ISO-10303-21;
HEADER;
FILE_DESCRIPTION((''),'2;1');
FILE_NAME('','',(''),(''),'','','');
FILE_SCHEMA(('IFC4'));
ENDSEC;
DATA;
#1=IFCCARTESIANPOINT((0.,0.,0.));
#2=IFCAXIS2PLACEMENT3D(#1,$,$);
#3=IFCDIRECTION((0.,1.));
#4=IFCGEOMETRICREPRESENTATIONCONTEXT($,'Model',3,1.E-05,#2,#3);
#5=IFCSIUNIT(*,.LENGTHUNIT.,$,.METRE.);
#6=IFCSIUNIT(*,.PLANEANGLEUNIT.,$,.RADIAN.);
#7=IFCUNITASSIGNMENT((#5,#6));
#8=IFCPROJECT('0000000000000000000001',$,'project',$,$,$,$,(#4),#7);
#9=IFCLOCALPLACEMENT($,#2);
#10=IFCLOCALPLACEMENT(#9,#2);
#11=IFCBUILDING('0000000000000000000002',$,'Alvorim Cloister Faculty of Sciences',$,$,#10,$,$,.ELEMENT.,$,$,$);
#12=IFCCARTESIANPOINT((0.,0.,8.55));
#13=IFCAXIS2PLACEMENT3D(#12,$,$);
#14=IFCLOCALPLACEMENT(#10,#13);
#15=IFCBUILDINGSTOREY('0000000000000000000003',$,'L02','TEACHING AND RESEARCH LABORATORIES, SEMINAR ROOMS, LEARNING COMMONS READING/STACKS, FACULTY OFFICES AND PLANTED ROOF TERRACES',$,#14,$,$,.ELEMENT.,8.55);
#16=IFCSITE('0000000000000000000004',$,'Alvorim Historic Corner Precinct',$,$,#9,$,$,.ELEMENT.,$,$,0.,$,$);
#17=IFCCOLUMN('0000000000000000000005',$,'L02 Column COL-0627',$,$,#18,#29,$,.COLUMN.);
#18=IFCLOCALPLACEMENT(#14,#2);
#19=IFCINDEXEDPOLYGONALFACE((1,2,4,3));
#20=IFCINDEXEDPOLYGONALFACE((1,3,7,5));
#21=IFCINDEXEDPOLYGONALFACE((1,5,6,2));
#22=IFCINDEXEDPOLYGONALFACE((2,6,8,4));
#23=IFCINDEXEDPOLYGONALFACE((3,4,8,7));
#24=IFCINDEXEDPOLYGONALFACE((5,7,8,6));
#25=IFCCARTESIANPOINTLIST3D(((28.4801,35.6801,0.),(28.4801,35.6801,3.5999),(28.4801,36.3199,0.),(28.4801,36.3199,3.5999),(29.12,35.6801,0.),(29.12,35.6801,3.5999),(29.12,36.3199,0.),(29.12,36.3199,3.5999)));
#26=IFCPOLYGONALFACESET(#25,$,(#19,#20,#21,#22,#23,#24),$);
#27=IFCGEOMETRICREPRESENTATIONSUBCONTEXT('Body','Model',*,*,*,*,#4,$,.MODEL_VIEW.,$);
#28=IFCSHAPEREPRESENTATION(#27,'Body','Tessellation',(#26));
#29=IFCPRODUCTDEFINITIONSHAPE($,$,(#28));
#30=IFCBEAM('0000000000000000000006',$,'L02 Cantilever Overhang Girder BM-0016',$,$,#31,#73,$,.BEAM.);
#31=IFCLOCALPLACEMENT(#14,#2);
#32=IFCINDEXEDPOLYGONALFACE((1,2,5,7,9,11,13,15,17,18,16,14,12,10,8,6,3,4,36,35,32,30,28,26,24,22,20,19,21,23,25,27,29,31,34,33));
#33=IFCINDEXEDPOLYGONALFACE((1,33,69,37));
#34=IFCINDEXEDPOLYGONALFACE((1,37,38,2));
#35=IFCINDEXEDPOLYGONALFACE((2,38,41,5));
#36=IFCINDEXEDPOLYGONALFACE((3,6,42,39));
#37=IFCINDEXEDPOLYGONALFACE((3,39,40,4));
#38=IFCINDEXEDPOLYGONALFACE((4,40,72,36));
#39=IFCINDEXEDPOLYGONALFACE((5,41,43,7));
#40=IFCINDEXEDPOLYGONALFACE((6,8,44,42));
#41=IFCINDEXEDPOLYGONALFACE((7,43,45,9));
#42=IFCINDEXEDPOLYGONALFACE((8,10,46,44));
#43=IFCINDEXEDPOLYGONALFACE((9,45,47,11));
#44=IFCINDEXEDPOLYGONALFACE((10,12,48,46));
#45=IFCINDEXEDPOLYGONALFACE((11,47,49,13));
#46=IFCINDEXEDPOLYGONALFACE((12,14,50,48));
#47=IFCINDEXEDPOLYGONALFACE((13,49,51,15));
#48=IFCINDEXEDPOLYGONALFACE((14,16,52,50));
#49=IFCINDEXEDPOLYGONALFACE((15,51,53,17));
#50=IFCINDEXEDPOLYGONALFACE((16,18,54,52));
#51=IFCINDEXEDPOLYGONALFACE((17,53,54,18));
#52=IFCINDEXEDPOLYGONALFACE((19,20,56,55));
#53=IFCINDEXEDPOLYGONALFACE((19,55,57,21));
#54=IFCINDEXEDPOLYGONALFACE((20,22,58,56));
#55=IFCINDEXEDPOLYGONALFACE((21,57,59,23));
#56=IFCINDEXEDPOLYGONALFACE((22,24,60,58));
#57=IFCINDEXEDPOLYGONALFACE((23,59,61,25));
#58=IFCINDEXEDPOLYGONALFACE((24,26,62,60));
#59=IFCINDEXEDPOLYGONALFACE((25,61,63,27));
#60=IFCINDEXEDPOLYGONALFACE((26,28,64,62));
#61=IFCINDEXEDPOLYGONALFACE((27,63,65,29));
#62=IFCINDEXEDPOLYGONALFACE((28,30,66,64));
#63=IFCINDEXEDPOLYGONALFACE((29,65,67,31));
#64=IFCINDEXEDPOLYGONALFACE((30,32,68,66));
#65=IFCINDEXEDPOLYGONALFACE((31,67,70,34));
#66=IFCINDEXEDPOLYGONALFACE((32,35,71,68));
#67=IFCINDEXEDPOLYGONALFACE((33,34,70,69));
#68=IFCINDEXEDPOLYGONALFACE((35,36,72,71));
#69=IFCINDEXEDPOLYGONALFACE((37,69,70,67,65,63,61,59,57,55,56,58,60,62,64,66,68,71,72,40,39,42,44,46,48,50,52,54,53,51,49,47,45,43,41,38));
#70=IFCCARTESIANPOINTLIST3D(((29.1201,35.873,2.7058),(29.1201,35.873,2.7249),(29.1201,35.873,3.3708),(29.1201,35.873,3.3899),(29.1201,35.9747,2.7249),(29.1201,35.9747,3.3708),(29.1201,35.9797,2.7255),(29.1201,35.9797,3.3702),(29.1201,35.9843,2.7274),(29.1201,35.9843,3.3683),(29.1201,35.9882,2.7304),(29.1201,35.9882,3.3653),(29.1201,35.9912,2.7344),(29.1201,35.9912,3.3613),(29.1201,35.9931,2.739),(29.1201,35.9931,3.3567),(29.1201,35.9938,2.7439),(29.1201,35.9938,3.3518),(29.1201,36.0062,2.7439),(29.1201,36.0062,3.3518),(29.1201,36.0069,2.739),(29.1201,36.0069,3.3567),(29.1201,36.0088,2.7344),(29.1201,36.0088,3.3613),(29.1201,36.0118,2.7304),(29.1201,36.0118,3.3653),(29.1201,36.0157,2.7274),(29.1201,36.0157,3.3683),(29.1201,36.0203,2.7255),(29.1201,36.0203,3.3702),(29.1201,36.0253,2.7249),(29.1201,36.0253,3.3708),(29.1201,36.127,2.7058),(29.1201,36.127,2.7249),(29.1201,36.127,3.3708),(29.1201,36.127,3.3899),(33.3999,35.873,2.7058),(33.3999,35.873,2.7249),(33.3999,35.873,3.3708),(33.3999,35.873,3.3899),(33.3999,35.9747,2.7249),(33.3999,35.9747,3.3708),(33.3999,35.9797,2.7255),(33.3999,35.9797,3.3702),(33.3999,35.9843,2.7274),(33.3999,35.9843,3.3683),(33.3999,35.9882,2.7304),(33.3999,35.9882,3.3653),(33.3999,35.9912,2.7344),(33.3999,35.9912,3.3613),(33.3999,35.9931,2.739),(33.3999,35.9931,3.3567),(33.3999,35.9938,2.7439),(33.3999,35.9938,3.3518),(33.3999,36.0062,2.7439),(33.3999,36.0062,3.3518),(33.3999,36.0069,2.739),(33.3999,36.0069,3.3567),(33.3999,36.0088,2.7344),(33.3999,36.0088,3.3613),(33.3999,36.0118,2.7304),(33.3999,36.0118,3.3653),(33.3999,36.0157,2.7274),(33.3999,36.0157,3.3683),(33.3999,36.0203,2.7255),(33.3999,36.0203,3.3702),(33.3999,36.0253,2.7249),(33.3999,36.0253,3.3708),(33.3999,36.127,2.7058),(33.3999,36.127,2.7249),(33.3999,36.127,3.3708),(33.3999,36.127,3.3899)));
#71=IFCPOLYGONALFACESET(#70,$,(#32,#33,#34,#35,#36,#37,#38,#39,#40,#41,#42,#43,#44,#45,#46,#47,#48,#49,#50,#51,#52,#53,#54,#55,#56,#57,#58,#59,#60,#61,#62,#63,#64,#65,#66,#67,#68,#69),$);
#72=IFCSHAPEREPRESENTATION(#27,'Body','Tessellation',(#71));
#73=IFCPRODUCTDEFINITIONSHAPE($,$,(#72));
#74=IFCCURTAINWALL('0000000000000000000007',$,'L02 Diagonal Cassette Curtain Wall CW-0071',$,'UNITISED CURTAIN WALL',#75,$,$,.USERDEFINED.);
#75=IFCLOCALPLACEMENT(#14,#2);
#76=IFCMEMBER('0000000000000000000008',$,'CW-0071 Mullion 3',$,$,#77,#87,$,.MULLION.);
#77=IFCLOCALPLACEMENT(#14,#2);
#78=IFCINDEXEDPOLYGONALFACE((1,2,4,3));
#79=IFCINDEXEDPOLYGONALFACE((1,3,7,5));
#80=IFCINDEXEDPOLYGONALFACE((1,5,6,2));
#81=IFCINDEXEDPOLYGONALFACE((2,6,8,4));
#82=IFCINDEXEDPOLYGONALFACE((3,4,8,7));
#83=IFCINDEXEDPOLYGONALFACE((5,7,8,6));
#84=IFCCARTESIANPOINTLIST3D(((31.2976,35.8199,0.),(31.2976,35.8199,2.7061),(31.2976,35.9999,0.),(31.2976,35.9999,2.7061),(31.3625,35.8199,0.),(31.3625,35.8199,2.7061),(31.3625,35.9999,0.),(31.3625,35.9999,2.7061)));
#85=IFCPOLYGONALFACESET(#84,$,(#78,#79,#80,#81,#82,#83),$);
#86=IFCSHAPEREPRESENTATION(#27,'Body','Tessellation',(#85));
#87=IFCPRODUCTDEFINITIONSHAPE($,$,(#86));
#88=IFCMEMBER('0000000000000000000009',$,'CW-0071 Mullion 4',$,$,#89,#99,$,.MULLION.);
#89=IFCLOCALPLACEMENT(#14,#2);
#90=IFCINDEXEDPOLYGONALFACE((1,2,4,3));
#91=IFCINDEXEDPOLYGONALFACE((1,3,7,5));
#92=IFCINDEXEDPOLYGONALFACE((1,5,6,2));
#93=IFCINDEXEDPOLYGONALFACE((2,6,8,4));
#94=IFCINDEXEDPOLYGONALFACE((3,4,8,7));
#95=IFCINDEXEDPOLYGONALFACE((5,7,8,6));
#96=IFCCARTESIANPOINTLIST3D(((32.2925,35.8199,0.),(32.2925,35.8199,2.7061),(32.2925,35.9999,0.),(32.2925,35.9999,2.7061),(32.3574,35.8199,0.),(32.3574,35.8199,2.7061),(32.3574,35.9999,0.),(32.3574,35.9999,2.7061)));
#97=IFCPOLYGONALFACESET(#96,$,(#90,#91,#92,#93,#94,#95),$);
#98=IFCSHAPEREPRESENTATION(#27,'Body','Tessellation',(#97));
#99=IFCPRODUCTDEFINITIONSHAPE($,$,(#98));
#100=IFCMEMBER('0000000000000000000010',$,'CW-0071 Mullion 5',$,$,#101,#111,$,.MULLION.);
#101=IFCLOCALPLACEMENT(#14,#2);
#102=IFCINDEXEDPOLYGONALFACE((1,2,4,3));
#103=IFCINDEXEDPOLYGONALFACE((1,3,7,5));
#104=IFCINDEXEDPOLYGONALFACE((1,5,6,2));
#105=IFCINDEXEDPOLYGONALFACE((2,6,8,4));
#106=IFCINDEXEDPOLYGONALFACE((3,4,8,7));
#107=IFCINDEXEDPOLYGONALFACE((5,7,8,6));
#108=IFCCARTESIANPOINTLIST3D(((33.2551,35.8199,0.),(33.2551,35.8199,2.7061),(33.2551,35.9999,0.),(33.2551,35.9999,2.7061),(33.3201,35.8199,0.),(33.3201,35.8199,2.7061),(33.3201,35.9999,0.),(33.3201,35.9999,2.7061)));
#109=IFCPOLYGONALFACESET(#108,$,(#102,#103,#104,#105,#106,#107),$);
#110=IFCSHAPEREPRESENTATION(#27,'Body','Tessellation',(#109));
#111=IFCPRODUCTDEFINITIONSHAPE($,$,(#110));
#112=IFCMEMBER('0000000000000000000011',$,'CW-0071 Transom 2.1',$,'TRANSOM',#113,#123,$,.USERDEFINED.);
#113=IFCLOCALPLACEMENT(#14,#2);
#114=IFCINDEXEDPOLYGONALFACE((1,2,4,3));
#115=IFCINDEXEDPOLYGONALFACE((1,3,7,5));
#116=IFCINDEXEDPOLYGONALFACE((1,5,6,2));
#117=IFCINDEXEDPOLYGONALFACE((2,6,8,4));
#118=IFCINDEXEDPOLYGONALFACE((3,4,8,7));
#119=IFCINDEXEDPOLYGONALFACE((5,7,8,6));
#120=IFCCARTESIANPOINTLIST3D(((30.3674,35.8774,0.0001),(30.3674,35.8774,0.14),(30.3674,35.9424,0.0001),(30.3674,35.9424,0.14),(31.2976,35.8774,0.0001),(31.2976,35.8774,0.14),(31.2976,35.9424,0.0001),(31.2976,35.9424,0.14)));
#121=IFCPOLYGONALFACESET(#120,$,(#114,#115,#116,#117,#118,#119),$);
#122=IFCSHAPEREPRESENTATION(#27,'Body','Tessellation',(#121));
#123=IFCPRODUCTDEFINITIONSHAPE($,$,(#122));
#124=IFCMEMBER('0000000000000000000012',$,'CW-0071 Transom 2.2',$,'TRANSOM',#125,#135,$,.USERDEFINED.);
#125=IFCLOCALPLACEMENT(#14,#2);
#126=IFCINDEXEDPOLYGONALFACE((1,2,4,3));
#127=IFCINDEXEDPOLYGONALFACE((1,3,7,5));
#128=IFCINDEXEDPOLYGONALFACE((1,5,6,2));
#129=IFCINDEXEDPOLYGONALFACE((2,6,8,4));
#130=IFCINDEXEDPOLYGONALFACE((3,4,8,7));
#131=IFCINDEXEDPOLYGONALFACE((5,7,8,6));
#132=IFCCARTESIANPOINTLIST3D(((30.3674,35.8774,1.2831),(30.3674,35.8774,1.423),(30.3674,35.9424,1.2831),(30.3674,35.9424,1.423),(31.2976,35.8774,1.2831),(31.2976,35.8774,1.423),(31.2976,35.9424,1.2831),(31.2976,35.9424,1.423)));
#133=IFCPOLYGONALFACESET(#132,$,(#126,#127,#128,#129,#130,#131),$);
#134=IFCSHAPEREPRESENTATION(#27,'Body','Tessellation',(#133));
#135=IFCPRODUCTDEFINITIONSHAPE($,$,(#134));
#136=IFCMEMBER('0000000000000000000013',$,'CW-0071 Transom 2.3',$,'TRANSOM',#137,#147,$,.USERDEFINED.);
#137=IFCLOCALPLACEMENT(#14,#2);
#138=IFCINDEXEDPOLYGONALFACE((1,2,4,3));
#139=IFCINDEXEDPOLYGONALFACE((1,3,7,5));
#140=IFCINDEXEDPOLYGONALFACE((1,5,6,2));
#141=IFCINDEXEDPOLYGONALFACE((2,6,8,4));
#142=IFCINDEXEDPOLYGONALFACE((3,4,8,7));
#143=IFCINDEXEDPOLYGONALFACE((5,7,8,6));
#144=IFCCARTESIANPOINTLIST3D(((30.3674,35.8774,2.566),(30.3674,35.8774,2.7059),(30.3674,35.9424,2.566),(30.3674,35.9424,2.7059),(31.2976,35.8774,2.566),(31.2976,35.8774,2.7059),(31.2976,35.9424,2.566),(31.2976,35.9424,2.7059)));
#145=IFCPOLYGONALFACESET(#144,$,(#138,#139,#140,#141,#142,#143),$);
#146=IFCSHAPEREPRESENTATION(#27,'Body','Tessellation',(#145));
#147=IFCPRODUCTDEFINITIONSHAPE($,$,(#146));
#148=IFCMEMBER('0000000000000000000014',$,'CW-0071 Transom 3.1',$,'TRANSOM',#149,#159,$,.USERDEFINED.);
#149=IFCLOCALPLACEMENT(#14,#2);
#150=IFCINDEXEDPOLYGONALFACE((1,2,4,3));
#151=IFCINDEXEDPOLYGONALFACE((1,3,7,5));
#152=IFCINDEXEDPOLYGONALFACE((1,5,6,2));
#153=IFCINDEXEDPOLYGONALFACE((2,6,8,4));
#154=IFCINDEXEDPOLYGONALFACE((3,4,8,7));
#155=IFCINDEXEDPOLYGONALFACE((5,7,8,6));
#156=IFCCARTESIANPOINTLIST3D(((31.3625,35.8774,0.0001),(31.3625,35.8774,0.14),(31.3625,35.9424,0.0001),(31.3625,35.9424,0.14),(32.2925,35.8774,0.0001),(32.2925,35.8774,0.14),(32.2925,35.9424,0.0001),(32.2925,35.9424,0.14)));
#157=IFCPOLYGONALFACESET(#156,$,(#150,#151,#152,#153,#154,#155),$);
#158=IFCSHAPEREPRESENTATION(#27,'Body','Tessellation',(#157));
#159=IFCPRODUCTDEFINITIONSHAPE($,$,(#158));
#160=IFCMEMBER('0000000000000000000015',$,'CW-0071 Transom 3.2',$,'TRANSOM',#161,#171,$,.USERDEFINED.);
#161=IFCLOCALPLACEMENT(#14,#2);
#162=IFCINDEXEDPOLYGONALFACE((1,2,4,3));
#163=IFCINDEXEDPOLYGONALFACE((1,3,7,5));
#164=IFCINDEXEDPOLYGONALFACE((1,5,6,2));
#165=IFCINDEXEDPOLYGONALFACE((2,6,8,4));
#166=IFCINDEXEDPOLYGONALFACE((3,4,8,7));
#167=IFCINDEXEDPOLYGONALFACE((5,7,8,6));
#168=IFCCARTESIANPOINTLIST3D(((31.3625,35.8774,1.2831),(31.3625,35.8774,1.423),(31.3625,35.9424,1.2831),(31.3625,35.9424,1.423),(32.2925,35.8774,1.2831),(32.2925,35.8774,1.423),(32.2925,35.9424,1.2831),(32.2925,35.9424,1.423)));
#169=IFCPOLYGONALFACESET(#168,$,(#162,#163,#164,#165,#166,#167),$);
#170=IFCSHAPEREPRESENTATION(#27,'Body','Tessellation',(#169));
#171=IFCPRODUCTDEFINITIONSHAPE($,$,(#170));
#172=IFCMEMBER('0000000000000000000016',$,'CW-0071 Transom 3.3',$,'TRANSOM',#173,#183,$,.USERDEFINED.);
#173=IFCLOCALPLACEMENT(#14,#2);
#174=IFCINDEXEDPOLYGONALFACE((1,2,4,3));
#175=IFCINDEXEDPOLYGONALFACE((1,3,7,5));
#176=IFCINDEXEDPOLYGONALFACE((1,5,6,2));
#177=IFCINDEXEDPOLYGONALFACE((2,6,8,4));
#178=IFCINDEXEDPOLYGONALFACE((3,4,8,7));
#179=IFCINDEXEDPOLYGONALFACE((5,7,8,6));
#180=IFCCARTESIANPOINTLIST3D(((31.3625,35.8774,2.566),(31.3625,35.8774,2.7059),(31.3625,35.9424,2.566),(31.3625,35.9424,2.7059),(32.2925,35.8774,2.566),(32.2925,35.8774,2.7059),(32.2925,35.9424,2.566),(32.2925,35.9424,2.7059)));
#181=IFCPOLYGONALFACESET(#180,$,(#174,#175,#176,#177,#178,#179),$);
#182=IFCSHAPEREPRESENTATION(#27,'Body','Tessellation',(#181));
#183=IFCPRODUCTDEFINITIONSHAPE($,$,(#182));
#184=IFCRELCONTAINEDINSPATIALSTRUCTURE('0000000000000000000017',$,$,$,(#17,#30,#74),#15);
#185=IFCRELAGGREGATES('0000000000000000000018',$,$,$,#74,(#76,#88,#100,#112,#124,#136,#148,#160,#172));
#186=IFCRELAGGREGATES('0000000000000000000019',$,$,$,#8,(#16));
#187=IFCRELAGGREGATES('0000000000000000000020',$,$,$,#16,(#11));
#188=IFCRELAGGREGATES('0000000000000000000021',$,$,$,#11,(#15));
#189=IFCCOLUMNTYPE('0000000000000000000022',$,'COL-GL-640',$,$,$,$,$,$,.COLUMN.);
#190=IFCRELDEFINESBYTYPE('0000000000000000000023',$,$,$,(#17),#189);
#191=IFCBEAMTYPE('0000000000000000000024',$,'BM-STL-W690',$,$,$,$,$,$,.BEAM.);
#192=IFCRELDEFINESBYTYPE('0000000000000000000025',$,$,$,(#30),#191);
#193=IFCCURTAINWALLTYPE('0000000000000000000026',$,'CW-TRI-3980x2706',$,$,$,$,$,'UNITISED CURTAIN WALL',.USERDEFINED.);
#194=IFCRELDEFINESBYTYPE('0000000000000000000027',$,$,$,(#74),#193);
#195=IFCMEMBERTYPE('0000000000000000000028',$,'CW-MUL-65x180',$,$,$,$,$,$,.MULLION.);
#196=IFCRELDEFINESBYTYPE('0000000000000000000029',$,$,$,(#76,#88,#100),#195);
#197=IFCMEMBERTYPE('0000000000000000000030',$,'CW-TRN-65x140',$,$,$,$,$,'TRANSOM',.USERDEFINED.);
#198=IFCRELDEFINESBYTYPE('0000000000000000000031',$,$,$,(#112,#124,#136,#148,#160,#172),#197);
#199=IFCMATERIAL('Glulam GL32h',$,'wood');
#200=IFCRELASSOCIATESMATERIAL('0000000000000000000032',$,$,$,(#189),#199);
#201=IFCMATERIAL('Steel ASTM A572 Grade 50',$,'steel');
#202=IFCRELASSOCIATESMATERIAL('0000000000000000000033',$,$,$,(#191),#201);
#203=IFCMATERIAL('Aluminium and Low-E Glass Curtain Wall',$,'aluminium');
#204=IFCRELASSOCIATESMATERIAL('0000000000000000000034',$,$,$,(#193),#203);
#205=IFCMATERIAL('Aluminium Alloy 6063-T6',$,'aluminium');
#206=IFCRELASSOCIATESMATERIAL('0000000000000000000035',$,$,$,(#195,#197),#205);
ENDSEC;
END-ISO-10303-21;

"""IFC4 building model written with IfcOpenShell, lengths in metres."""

from ifc_helpers import new_model, si_unit, direction, frame, origin, origin_2d, place, context, subcontext, project, spatial, rectangle, i_section, extrude, material, material_profile, profile_set, type_object, element, aggregate, save


model = new_model("IFC4")

# Units and contexts
model_context = context("Model", 3, precision=1e-05, world=origin(), true_north=direction((0.0, 1.0)))
body_context = subcontext(model_context, "Body", "Model", "MODEL_VIEW")
ifc_project = project(units=[si_unit("LENGTHUNIT", "METRE"), si_unit("PLANEANGLEUNIT", "RADIAN")], contexts=[model_context])

# Site, building, storey
site_placement = place(None, origin())
site = spatial("IfcSite", under=ifc_project, at=site_placement, Name="Alvorim Historic Corner Precinct", CompositionType="ELEMENT", RefElevation=0.0)
building_placement = place(site_placement, origin())
building = spatial("IfcBuilding", under=site, at=building_placement, Name="Alvorim Cloister Faculty of Sciences", CompositionType="ELEMENT")
storey_placement = place(building_placement, frame((0.0, 0.0, 8.55)))
storey = spatial("IfcBuildingStorey", under=building, at=storey_placement, Name="L02", Description="TEACHING AND RESEARCH LABORATORIES, SEMINAR ROOMS, LEARNING COMMONS READING/STACKS, FACULTY OFFICES AND PLANTED ROOF TERRACES", CompositionType="ELEMENT", Elevation=8.55)

# Column
ifc_material_1 = material(Name="Glulam GL32h", Category="wood")
ifc_material_profile_1 = material_profile(ifc_material_1, rectangle(XDim=0.6399, YDim=0.6399, at=origin_2d()), Name="GL32-COL-640x640")
ifc_profile_set_1 = profile_set([ifc_material_profile_1], Name="Glulam GL32h")
column_type = type_object("IfcColumnType", Name="COL-GL-640", PredefinedType="COLUMN", material=ifc_profile_set_1)
column_placement = place(storey_placement, frame((28.8, 36.0, 0.0), z_axis=(0.0, 0.0, 1.0), x_axis=(1.0, 0.0, 0.0)))
element("IfcColumn", 1, at=column_placement, inside=storey, type_object=column_type, Name="L02 Column COL-0627", PredefinedType="COLUMN", context=body_context, shape_type="SweptSolid", body=[
    extrude(rectangle(XDim=0.6399, YDim=0.6399, at=origin_2d()), origin(), (0.0, 0.0, 1.0), 3.5999),
])

# Beam
ifc_material_2 = material(Name="Steel ASTM A572 Grade 50", Category="steel")
ifc_material_profile_2 = material_profile(ifc_material_2, i_section(OverallWidth=0.2539, OverallDepth=0.6841, WebThickness=0.0125, FlangeThickness=0.019, FilletRadius=0.019, at=origin_2d()), Name="W690x140.0")
ifc_profile_set_2 = profile_set([ifc_material_profile_2], Name="Steel ASTM A572 Grade 50")
beam_type = type_object("IfcBeamType", Name="BM-STL-W690", PredefinedType="BEAM", material=ifc_profile_set_2)
beam_placement = place(storey_placement, frame((29.1201, 36.0, 3.0479), z_axis=(1.0, 0.0, 0.0), x_axis=(0.0, 1.0, 0.0)))
element("IfcBeam", 2, at=beam_placement, inside=storey, type_object=beam_type, Name="L02 Cantilever Overhang Girder BM-0016", PredefinedType="BEAM", context=body_context, shape_type="SweptSolid", body=[
    extrude(i_section(OverallWidth=0.2539, OverallDepth=0.6841, WebThickness=0.0125, FlangeThickness=0.019, FilletRadius=0.019, at=origin_2d()), origin(), (0.0, 0.0, 1.0), 4.2798),
])

# Curtain wall, members
ifc_material_3 = material(Name="Aluminium and Low-E Glass Curtain Wall", Category="aluminium")
curtain_wall_type = type_object("IfcCurtainWallType", Name="CW-TRI-3980x2706", ElementType="UNITISED CURTAIN WALL", PredefinedType="USERDEFINED", material=ifc_material_3)
curtain_wall_placement = place(storey_placement, origin())
curtain_wall = element("IfcCurtainWall", 3, at=curtain_wall_placement, inside=storey, type_object=curtain_wall_type, Name="L02 Diagonal Cassette Curtain Wall CW-0071", ObjectType="UNITISED CURTAIN WALL", PredefinedType="USERDEFINED")
ifc_material_4 = material(Name="Aluminium Alloy 6063-T6", Category="aluminium")
ifc_material_profile_3 = material_profile(ifc_material_4, rectangle(XDim=0.0649, YDim=0.1799, at=origin_2d()), Name="ALU-MUL-65x180")
ifc_profile_set_3 = profile_set([ifc_material_profile_3], Name="Aluminium Alloy 6063-T6")
member_type_1 = type_object("IfcMemberType", Name="CW-MUL-65x180", PredefinedType="MULLION", material=ifc_profile_set_3)
member_1_placement = place(storey_placement, frame((31.3301, 35.9099, 0.0), z_axis=(0.0, 0.0, 1.0), x_axis=(1.0, 0.0, 0.0)))
member_1 = element("IfcMember", 4, at=member_1_placement, type_object=member_type_1, Name="CW-0071 Mullion 3", PredefinedType="MULLION", context=body_context, shape_type="SweptSolid", body=[
    extrude(rectangle(XDim=0.0649, YDim=0.1799, at=origin_2d()), origin(), (0.0, 0.0, 1.0), 2.7061),
])
member_2_placement = place(storey_placement, frame((32.325, 35.9099, 0.0), z_axis=(0.0, 0.0, 1.0), x_axis=(1.0, 0.0, 0.0)))
member_2 = element("IfcMember", 5, at=member_2_placement, type_object=member_type_1, Name="CW-0071 Mullion 4", PredefinedType="MULLION", context=body_context, shape_type="SweptSolid", body=[
    extrude(rectangle(XDim=0.0649, YDim=0.1799, at=origin_2d()), origin(), (0.0, 0.0, 1.0), 2.7061),
])
member_3_placement = place(storey_placement, frame((33.2876, 35.9099, 0.0), z_axis=(0.0, 0.0, 1.0), x_axis=(1.0, 0.0, 0.0)))
member_3 = element("IfcMember", 6, at=member_3_placement, type_object=member_type_1, Name="CW-0071 Mullion 5", PredefinedType="MULLION", context=body_context, shape_type="SweptSolid", body=[
    extrude(rectangle(XDim=0.0649, YDim=0.1799, at=origin_2d()), origin(), (0.0, 0.0, 1.0), 2.7061),
])
ifc_material_profile_4 = material_profile(ifc_material_4, rectangle(XDim=0.0649, YDim=0.1399, at=origin_2d()), Name="ALU-TRN-65x140")
ifc_profile_set_4 = profile_set([ifc_material_profile_4], Name="Aluminium Alloy 6063-T6")
member_type_2 = type_object("IfcMemberType", Name="CW-TRN-65x140", ElementType="TRANSOM", PredefinedType="USERDEFINED", material=ifc_profile_set_4)
member_4_placement = place(storey_placement, frame((30.3674, 35.9099, 0.0701), z_axis=(1.0, 0.0, 0.0), x_axis=(0.0, 1.0, 0.0)))
member_4 = element("IfcMember", 7, at=member_4_placement, type_object=member_type_2, Name="CW-0071 Transom 2.1", ObjectType="TRANSOM", PredefinedType="USERDEFINED", context=body_context, shape_type="SweptSolid", body=[
    extrude(rectangle(XDim=0.0649, YDim=0.1399, at=origin_2d()), origin(), (0.0, 0.0, 1.0), 0.9302),
])
member_5_placement = place(storey_placement, frame((30.3674, 35.9099, 1.353), z_axis=(1.0, 0.0, 0.0), x_axis=(0.0, 1.0, 0.0)))
member_5 = element("IfcMember", 8, at=member_5_placement, type_object=member_type_2, Name="CW-0071 Transom 2.2", ObjectType="TRANSOM", PredefinedType="USERDEFINED", context=body_context, shape_type="SweptSolid", body=[
    extrude(rectangle(XDim=0.0649, YDim=0.1399, at=origin_2d()), origin(), (0.0, 0.0, 1.0), 0.9302),
])
member_6_placement = place(storey_placement, frame((30.3674, 35.9099, 2.636), z_axis=(1.0, 0.0, 0.0), x_axis=(0.0, 1.0, 0.0)))
member_6 = element("IfcMember", 9, at=member_6_placement, type_object=member_type_2, Name="CW-0071 Transom 2.3", ObjectType="TRANSOM", PredefinedType="USERDEFINED", context=body_context, shape_type="SweptSolid", body=[
    extrude(rectangle(XDim=0.0649, YDim=0.1399, at=origin_2d()), origin(), (0.0, 0.0, 1.0), 0.9302),
])
member_7_placement = place(storey_placement, frame((31.3625, 35.9099, 0.0701), z_axis=(1.0, 0.0, 0.0), x_axis=(0.0, 1.0, 0.0)))
member_7 = element("IfcMember", 10, at=member_7_placement, type_object=member_type_2, Name="CW-0071 Transom 3.1", ObjectType="TRANSOM", PredefinedType="USERDEFINED", context=body_context, shape_type="SweptSolid", body=[
    extrude(rectangle(XDim=0.0649, YDim=0.1399, at=origin_2d()), origin(), (0.0, 0.0, 1.0), 0.9299),
])
member_8_placement = place(storey_placement, frame((31.3625, 35.9099, 1.353), z_axis=(1.0, 0.0, 0.0), x_axis=(0.0, 1.0, 0.0)))
member_8 = element("IfcMember", 11, at=member_8_placement, type_object=member_type_2, Name="CW-0071 Transom 3.2", ObjectType="TRANSOM", PredefinedType="USERDEFINED", context=body_context, shape_type="SweptSolid", body=[
    extrude(rectangle(XDim=0.0649, YDim=0.1399, at=origin_2d()), origin(), (0.0, 0.0, 1.0), 0.9299),
])
member_9_placement = place(storey_placement, frame((31.3625, 35.9099, 2.636), z_axis=(1.0, 0.0, 0.0), x_axis=(0.0, 1.0, 0.0)))
member_9 = element("IfcMember", 12, at=member_9_placement, type_object=member_type_2, Name="CW-0071 Transom 3.3", ObjectType="TRANSOM", PredefinedType="USERDEFINED", context=body_context, shape_type="SweptSolid", body=[
    extrude(rectangle(XDim=0.0649, YDim=0.1399, at=origin_2d()), origin(), (0.0, 0.0, 1.0), 0.9299),
])
aggregate(curtain_wall, [member_1, member_2, member_3, member_4, member_5, member_6, member_7, member_8, member_9])

save(model, "model.ifc")
